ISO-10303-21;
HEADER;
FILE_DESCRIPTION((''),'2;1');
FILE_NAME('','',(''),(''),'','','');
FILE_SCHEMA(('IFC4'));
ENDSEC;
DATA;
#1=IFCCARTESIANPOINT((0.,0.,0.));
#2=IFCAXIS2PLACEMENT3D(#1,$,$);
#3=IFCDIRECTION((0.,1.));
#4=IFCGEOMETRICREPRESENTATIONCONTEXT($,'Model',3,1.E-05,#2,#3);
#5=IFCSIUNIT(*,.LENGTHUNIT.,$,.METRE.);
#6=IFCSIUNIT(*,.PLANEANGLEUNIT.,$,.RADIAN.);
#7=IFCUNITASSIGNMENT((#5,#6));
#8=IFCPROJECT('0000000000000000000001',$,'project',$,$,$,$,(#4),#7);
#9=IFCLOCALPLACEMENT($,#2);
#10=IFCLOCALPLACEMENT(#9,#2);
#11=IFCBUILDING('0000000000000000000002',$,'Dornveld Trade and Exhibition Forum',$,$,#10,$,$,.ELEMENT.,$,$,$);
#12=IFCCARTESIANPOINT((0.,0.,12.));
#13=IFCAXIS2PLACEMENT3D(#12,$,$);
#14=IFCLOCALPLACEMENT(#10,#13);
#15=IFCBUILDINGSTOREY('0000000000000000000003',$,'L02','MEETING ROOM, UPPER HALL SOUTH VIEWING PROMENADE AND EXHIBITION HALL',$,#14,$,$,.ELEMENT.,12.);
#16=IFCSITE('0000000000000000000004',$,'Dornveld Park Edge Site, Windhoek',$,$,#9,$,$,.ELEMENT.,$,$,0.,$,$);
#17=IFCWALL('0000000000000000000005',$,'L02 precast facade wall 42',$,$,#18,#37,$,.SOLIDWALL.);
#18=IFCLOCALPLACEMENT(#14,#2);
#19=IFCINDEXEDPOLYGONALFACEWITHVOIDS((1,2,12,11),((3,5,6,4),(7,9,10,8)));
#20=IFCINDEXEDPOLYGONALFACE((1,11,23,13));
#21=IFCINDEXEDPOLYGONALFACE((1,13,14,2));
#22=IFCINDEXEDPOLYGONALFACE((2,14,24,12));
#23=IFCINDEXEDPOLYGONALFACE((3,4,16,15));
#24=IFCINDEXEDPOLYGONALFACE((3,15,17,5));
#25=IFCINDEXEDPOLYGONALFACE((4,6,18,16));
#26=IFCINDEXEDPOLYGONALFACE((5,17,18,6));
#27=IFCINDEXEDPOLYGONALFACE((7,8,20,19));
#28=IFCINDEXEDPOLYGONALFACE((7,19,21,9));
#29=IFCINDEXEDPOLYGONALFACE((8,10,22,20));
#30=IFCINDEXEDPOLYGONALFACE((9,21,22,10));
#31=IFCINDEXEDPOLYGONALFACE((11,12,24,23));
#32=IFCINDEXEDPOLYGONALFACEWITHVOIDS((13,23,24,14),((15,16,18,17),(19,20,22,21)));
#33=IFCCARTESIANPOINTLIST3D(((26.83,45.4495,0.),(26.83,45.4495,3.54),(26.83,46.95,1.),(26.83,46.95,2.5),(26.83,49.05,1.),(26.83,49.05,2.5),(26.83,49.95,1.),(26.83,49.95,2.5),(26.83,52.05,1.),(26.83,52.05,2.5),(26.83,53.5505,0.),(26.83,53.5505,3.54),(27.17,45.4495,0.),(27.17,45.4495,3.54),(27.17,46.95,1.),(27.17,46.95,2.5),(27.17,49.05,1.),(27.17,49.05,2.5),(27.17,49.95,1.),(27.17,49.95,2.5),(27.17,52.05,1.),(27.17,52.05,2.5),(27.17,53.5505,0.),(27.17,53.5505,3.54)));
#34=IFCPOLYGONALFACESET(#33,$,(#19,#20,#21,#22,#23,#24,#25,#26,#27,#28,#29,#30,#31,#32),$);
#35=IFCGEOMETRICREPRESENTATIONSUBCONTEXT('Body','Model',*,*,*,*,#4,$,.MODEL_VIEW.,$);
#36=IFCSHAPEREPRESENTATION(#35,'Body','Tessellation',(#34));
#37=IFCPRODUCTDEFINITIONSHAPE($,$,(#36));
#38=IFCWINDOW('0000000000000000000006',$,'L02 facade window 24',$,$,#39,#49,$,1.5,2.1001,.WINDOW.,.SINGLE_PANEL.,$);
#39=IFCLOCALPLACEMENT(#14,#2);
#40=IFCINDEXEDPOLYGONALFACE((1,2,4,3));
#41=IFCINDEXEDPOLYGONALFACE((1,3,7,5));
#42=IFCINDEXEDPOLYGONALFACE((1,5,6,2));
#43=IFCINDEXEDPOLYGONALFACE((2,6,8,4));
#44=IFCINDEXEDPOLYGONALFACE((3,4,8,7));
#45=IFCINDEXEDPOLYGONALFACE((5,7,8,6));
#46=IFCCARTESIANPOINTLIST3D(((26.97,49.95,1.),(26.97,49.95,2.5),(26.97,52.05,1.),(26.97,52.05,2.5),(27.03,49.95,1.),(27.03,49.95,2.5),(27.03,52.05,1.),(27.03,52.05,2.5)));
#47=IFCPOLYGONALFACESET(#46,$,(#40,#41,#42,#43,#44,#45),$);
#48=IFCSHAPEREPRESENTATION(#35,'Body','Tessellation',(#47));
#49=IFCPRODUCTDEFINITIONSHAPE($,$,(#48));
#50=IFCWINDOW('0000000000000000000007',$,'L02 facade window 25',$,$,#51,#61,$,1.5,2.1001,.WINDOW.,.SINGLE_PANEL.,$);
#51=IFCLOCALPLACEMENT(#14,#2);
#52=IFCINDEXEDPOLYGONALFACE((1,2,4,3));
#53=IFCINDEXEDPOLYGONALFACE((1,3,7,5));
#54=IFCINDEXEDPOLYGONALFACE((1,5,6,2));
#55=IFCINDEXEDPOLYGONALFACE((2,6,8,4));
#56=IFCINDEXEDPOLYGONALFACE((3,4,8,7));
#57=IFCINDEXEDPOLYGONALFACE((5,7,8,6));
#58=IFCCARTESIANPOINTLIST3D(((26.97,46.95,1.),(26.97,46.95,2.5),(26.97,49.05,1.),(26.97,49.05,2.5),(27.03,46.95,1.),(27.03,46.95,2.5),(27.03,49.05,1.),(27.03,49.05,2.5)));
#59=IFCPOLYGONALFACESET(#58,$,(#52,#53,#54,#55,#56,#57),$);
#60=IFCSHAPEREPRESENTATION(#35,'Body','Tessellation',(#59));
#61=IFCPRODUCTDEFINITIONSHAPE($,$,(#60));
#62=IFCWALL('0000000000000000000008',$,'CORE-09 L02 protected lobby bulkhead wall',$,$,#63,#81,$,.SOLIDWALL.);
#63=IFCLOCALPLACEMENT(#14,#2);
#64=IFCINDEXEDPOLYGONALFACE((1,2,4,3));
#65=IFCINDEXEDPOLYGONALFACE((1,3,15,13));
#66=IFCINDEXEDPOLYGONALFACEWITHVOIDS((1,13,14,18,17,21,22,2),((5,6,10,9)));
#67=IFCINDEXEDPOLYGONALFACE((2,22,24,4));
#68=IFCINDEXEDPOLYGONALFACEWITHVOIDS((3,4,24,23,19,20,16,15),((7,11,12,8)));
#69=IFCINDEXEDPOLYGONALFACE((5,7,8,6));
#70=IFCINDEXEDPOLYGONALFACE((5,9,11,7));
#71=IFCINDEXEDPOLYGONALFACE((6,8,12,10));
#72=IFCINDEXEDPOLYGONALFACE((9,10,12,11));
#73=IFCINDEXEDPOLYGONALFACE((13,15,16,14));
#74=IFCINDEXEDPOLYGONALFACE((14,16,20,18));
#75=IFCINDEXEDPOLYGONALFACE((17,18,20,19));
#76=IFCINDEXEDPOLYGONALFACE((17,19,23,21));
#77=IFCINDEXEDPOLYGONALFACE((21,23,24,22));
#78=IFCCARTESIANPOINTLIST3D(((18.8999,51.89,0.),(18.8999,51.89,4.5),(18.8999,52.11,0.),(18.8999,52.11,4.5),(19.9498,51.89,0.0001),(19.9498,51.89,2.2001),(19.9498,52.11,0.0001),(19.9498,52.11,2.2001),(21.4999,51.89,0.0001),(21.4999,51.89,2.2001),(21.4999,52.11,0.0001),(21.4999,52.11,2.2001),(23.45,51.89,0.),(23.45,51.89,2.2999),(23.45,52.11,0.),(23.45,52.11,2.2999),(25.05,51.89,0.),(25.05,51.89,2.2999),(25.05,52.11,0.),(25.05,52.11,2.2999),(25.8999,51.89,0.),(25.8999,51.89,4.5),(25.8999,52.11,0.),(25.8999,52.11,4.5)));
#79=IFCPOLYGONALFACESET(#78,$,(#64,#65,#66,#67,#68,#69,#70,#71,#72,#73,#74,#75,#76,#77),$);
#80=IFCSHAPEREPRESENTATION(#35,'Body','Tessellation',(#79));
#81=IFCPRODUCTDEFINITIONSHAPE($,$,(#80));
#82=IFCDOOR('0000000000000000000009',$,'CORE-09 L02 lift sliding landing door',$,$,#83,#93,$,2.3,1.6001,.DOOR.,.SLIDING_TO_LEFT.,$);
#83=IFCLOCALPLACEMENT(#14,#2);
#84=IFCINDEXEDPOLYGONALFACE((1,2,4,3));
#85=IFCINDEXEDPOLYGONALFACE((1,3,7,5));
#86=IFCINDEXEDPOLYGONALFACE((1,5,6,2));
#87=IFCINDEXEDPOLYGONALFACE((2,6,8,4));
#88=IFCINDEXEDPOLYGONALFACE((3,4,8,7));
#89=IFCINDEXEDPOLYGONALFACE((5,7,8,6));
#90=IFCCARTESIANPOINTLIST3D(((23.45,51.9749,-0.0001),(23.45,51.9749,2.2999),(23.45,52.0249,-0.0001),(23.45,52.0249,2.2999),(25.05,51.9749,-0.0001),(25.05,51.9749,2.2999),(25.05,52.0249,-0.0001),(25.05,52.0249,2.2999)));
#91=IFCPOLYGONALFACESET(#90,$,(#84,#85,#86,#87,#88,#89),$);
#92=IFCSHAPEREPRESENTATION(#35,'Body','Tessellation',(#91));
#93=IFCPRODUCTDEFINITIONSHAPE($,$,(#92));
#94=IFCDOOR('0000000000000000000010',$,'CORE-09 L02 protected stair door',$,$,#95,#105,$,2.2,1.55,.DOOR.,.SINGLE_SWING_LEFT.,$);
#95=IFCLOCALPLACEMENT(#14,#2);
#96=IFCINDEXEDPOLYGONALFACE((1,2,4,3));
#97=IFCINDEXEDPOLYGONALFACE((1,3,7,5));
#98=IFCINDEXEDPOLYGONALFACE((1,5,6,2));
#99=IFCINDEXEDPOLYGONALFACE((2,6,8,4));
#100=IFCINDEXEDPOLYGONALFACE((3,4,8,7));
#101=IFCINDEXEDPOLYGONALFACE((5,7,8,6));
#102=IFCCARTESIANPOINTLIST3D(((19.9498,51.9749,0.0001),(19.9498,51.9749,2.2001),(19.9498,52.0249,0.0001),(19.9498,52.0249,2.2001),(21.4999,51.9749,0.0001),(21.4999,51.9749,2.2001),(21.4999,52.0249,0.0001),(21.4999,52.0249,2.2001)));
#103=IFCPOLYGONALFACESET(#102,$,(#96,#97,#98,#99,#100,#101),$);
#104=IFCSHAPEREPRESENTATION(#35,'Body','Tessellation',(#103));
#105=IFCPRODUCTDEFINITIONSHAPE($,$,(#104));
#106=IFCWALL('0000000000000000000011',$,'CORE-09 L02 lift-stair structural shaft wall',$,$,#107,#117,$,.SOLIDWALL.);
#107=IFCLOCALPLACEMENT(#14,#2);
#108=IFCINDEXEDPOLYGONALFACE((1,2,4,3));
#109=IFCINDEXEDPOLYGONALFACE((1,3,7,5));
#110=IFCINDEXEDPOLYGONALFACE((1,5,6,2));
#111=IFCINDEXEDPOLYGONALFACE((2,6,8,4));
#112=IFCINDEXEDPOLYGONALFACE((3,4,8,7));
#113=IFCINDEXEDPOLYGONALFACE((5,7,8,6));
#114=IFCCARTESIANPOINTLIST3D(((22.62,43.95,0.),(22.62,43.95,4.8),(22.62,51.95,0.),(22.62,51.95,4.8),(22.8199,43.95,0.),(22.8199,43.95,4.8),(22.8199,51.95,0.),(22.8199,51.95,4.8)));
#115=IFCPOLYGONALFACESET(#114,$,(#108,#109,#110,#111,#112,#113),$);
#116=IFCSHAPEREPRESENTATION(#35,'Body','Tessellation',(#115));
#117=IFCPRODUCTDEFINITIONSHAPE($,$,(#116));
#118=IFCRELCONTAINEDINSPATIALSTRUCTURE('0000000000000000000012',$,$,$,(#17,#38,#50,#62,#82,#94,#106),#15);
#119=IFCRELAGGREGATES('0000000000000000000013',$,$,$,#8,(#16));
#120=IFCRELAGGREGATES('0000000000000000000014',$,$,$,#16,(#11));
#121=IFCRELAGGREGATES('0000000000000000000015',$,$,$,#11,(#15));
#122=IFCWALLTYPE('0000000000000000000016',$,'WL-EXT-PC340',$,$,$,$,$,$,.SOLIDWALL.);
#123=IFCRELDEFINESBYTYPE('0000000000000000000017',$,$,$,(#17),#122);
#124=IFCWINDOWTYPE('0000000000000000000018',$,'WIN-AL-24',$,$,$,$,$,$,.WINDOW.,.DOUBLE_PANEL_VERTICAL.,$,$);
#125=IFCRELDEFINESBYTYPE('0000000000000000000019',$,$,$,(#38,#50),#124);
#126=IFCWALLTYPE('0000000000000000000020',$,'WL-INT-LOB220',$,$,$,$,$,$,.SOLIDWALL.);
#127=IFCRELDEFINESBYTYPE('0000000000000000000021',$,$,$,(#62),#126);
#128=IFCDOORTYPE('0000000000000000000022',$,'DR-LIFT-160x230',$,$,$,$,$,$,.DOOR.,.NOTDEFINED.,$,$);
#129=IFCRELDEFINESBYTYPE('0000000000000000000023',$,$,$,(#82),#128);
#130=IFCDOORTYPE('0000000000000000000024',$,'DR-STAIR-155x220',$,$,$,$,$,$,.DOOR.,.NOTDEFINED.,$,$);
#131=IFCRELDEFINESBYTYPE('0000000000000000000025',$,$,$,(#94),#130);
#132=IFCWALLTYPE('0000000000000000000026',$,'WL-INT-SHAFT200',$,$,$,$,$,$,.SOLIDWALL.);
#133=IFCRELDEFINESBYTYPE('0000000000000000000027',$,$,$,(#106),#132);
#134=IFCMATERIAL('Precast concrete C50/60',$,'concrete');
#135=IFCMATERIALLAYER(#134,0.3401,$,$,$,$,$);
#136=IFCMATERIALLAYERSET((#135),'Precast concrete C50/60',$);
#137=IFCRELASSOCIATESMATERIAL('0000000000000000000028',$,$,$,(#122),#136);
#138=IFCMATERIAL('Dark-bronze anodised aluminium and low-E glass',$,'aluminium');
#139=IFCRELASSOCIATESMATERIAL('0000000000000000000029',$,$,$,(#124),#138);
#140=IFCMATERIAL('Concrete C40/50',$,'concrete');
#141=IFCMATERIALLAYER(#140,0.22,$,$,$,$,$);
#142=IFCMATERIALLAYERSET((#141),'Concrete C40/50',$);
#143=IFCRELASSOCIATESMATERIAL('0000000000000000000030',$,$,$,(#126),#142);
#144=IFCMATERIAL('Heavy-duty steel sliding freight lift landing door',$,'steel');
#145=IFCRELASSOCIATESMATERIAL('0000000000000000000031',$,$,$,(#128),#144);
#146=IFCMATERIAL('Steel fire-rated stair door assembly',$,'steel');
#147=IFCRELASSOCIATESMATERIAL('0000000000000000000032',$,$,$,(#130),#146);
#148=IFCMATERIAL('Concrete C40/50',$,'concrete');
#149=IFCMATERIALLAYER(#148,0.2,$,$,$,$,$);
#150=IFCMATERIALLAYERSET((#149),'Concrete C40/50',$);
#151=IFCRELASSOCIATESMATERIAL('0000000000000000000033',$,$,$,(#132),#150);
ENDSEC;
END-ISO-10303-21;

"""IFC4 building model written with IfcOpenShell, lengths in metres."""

from ifc_helpers import new_model, si_unit, direction, frame, frame_2d, origin, place, context, subcontext, project, spatial, rectangle, extrude, material, layer, layer_set, type_object, element, fill, save


model = new_model("IFC4")

# Units and contexts
model_context = context("Model", 3, precision=1e-05, world=origin(), true_north=direction((0.0, 1.0)))
body_context = subcontext(model_context, "Body", "Model", "MODEL_VIEW")
ifc_project = project(units=[si_unit("LENGTHUNIT", "METRE"), si_unit("PLANEANGLEUNIT", "RADIAN")], contexts=[model_context])

# Site, building, storey
site_placement = place(None, origin())
site = spatial("IfcSite", under=ifc_project, at=site_placement, Name="Dornveld Park Edge Site, Windhoek", CompositionType="ELEMENT", RefElevation=0.0)
building_placement = place(site_placement, origin())
building = spatial("IfcBuilding", under=site, at=building_placement, Name="Dornveld Trade and Exhibition Forum", CompositionType="ELEMENT")
storey_placement = place(building_placement, frame((0.0, 0.0, 12.0)))
storey = spatial("IfcBuildingStorey", under=building, at=storey_placement, Name="L02", Description="MEETING ROOM, UPPER HALL SOUTH VIEWING PROMENADE AND EXHIBITION HALL", CompositionType="ELEMENT", Elevation=12.0)

# Shared definitions
ifc_material_1 = material(Name="Precast concrete C50/60", Category="concrete")
ifc_layer_1 = layer(ifc_material_1, 0.3401)
ifc_layer_set_1 = layer_set([ifc_layer_1], Name="Precast concrete C50/60")
wall_type_1 = type_object("IfcWallType", Name="WL-EXT-PC340", PredefinedType="SOLIDWALL", material=ifc_layer_set_1)

# Wall, openings, windows
wall_1_placement = place(storey_placement, frame((27.0, 53.5505, 0.0), z_axis=(0.0, 0.0, 1.0), x_axis=(0.0, -1.0, 0.0)))
wall_1 = element("IfcWall", 1, at=wall_1_placement, inside=storey, type_object=wall_type_1, Name="L02 precast facade wall 42", PredefinedType="SOLIDWALL", context=body_context, shape_type="SweptSolid", body=[
    extrude(rectangle(XDim=8.1011, YDim=0.3401, at=frame_2d((4.0505, 0.0))), origin(), (0.0, 0.0, 1.0), 3.54),
])
opening_1_placement = place(wall_1_placement, frame((1.5005, 0.0, 1.0)))
opening_1 = element("IfcOpeningElement", 2, at=opening_1_placement, cuts=wall_1, PredefinedType="OPENING", context=body_context, shape_type="SweptSolid", body=[
    extrude(rectangle(XDim=2.1001, YDim=1.5, at=frame_2d((1.05, 0.75))), frame((0.0, 0.1799, 0.0), z_axis=(0.0, -1.0, 0.0), x_axis=(1.0, 0.0, 0.0)), (0.0, 0.0, 1.0), 0.3601),
])
opening_2_placement = place(wall_1_placement, frame((4.5005, 0.0, 1.0)))
opening_2 = element("IfcOpeningElement", 3, at=opening_2_placement, cuts=wall_1, PredefinedType="OPENING", context=body_context, shape_type="SweptSolid", body=[
    extrude(rectangle(XDim=2.1001, YDim=1.5, at=frame_2d((1.05, 0.75))), frame((0.0, 0.1799, 0.0), z_axis=(0.0, -1.0, 0.0), x_axis=(1.0, 0.0, 0.0)), (0.0, 0.0, 1.0), 0.3601),
])
ifc_material_2 = material(Name="Dark-bronze anodised aluminium and low-E glass", Category="aluminium")
window_type = type_object("IfcWindowType", Name="WIN-AL-24", PartitioningType="DOUBLE_PANEL_VERTICAL", PredefinedType="WINDOW", material=ifc_material_2)
window_1_placement = place(opening_1_placement, origin())
window_1 = element("IfcWindow", 4, at=window_1_placement, inside=storey, type_object=window_type, Name="L02 facade window 24", OverallHeight=1.5, OverallWidth=2.1001, PartitioningType="SINGLE_PANEL", PredefinedType="WINDOW", context=body_context, shape_type="SweptSolid", body=[
    extrude(rectangle(XDim=2.1001, YDim=1.5, at=frame_2d((1.05, 0.75))), frame((0.0, 0.03, 0.0), z_axis=(0.0, -1.0, 0.0), x_axis=(1.0, 0.0, 0.0)), (0.0, 0.0, 1.0), 0.0601),
])
fill(opening_1, window_1)
window_2_placement = place(opening_2_placement, origin())
window_2 = element("IfcWindow", 5, at=window_2_placement, inside=storey, type_object=window_type, Name="L02 facade window 25", OverallHeight=1.5, OverallWidth=2.1001, PartitioningType="SINGLE_PANEL", PredefinedType="WINDOW", context=body_context, shape_type="SweptSolid", body=[
    extrude(rectangle(XDim=2.1001, YDim=1.5, at=frame_2d((1.05, 0.75))), frame((0.0, 0.03, 0.0), z_axis=(0.0, -1.0, 0.0), x_axis=(1.0, 0.0, 0.0)), (0.0, 0.0, 1.0), 0.0601),
])
fill(opening_2, window_2)

# Wall, openings, doors
ifc_material_3 = material(Name="Concrete C40/50", Category="concrete")
ifc_layer_2 = layer(ifc_material_3, 0.22)
ifc_layer_set_2 = layer_set([ifc_layer_2], Name="Concrete C40/50")
wall_type_2 = type_object("IfcWallType", Name="WL-INT-LOB220", PredefinedType="SOLIDWALL", material=ifc_layer_set_2)
wall_2_placement = place(storey_placement, frame((18.8999, 52.0, 0.0), z_axis=(0.0, 0.0, 1.0), x_axis=(1.0, 0.0, 0.0)))
wall_2 = element("IfcWall", 6, at=wall_2_placement, inside=storey, type_object=wall_type_2, Name="CORE-09 L02 protected lobby bulkhead wall", PredefinedType="SOLIDWALL", context=body_context, shape_type="SweptSolid", body=[
    extrude(rectangle(XDim=7.0, YDim=0.22, at=frame_2d((3.5, 0.0))), origin(), (0.0, 0.0, 1.0), 4.5),
])
opening_3_placement = place(wall_2_placement, frame((1.05, 0.0, 0.0)))
opening_3 = element("IfcOpeningElement", 7, at=opening_3_placement, cuts=wall_2, PredefinedType="OPENING", context=body_context, shape_type="SweptSolid", body=[
    extrude(rectangle(XDim=1.55, YDim=2.2, at=frame_2d((0.7749, 1.1001))), frame((0.0, 0.1199, 0.0), z_axis=(0.0, -1.0, 0.0), x_axis=(1.0, 0.0, 0.0)), (0.0, 0.0, 1.0), 0.24),
])
opening_4_placement = place(wall_2_placement, frame((4.55, 0.0, 0.0)))
opening_4 = element("IfcOpeningElement", 8, at=opening_4_placement, cuts=wall_2, PredefinedType="OPENING", context=body_context, shape_type="SweptSolid", body=[
    extrude(rectangle(XDim=1.6001, YDim=2.3, at=frame_2d((0.8, 1.1499))), frame((0.0, 0.1199, 0.0), z_axis=(0.0, -1.0, 0.0), x_axis=(1.0, 0.0, 0.0)), (0.0, 0.0, 1.0), 0.24),
])
ifc_material_4 = material(Name="Heavy-duty steel sliding freight lift landing door", Category="steel")
door_type_1 = type_object("IfcDoorType", Name="DR-LIFT-160x230", OperationType="NOTDEFINED", PredefinedType="DOOR", material=ifc_material_4)
door_1_placement = place(opening_4_placement, origin())
door_1 = element("IfcDoor", 9, at=door_1_placement, inside=storey, type_object=door_type_1, Name="CORE-09 L02 lift sliding landing door", OperationType="SLIDING_TO_LEFT", OverallHeight=2.3, OverallWidth=1.6001, PredefinedType="DOOR", context=body_context, shape_type="SweptSolid", body=[
    extrude(rectangle(XDim=1.6001, YDim=2.3, at=frame_2d((0.8, 1.1499))), frame((0.0, 0.0249, 0.0), z_axis=(0.0, -1.0, 0.0), x_axis=(1.0, 0.0, 0.0)), (0.0, 0.0, 1.0), 0.05),
])
fill(opening_4, door_1)
ifc_material_5 = material(Name="Steel fire-rated stair door assembly", Category="steel")
door_type_2 = type_object("IfcDoorType", Name="DR-STAIR-155x220", OperationType="NOTDEFINED", PredefinedType="DOOR", material=ifc_material_5)
door_2_placement = place(opening_3_placement, origin())
door_2 = element("IfcDoor", 10, at=door_2_placement, inside=storey, type_object=door_type_2, Name="CORE-09 L02 protected stair door", OperationType="SINGLE_SWING_LEFT", OverallHeight=2.2, OverallWidth=1.55, PredefinedType="DOOR", context=body_context, shape_type="SweptSolid", body=[
    extrude(rectangle(XDim=1.55, YDim=2.2, at=frame_2d((0.7749, 1.1001))), frame((0.0, 0.0249, 0.0), z_axis=(0.0, -1.0, 0.0), x_axis=(1.0, 0.0, 0.0)), (0.0, 0.0, 1.0), 0.05),
])
fill(opening_3, door_2)

# Wall
ifc_material_6 = material(Name="Concrete C40/50", Category="concrete")
ifc_layer_3 = layer(ifc_material_6, 0.2)
ifc_layer_set_3 = layer_set([ifc_layer_3], Name="Concrete C40/50")
wall_type_3 = type_object("IfcWallType", Name="WL-INT-SHAFT200", PredefinedType="SOLIDWALL", material=ifc_layer_set_3)
wall_3_placement = place(storey_placement, frame((22.72, 43.95, 0.0), z_axis=(0.0, 0.0, 1.0), x_axis=(0.0, 1.0, 0.0)))
element("IfcWall", 11, at=wall_3_placement, inside=storey, type_object=wall_type_3, Name="CORE-09 L02 lift-stair structural shaft wall", PredefinedType="SOLIDWALL", context=body_context, shape_type="SweptSolid", body=[
    extrude(rectangle(XDim=8.0, YDim=0.2, at=frame_2d((4.0, 0.0))), origin(), (0.0, 0.0, 1.0), 4.8),
])

save(model, "model.ifc")
